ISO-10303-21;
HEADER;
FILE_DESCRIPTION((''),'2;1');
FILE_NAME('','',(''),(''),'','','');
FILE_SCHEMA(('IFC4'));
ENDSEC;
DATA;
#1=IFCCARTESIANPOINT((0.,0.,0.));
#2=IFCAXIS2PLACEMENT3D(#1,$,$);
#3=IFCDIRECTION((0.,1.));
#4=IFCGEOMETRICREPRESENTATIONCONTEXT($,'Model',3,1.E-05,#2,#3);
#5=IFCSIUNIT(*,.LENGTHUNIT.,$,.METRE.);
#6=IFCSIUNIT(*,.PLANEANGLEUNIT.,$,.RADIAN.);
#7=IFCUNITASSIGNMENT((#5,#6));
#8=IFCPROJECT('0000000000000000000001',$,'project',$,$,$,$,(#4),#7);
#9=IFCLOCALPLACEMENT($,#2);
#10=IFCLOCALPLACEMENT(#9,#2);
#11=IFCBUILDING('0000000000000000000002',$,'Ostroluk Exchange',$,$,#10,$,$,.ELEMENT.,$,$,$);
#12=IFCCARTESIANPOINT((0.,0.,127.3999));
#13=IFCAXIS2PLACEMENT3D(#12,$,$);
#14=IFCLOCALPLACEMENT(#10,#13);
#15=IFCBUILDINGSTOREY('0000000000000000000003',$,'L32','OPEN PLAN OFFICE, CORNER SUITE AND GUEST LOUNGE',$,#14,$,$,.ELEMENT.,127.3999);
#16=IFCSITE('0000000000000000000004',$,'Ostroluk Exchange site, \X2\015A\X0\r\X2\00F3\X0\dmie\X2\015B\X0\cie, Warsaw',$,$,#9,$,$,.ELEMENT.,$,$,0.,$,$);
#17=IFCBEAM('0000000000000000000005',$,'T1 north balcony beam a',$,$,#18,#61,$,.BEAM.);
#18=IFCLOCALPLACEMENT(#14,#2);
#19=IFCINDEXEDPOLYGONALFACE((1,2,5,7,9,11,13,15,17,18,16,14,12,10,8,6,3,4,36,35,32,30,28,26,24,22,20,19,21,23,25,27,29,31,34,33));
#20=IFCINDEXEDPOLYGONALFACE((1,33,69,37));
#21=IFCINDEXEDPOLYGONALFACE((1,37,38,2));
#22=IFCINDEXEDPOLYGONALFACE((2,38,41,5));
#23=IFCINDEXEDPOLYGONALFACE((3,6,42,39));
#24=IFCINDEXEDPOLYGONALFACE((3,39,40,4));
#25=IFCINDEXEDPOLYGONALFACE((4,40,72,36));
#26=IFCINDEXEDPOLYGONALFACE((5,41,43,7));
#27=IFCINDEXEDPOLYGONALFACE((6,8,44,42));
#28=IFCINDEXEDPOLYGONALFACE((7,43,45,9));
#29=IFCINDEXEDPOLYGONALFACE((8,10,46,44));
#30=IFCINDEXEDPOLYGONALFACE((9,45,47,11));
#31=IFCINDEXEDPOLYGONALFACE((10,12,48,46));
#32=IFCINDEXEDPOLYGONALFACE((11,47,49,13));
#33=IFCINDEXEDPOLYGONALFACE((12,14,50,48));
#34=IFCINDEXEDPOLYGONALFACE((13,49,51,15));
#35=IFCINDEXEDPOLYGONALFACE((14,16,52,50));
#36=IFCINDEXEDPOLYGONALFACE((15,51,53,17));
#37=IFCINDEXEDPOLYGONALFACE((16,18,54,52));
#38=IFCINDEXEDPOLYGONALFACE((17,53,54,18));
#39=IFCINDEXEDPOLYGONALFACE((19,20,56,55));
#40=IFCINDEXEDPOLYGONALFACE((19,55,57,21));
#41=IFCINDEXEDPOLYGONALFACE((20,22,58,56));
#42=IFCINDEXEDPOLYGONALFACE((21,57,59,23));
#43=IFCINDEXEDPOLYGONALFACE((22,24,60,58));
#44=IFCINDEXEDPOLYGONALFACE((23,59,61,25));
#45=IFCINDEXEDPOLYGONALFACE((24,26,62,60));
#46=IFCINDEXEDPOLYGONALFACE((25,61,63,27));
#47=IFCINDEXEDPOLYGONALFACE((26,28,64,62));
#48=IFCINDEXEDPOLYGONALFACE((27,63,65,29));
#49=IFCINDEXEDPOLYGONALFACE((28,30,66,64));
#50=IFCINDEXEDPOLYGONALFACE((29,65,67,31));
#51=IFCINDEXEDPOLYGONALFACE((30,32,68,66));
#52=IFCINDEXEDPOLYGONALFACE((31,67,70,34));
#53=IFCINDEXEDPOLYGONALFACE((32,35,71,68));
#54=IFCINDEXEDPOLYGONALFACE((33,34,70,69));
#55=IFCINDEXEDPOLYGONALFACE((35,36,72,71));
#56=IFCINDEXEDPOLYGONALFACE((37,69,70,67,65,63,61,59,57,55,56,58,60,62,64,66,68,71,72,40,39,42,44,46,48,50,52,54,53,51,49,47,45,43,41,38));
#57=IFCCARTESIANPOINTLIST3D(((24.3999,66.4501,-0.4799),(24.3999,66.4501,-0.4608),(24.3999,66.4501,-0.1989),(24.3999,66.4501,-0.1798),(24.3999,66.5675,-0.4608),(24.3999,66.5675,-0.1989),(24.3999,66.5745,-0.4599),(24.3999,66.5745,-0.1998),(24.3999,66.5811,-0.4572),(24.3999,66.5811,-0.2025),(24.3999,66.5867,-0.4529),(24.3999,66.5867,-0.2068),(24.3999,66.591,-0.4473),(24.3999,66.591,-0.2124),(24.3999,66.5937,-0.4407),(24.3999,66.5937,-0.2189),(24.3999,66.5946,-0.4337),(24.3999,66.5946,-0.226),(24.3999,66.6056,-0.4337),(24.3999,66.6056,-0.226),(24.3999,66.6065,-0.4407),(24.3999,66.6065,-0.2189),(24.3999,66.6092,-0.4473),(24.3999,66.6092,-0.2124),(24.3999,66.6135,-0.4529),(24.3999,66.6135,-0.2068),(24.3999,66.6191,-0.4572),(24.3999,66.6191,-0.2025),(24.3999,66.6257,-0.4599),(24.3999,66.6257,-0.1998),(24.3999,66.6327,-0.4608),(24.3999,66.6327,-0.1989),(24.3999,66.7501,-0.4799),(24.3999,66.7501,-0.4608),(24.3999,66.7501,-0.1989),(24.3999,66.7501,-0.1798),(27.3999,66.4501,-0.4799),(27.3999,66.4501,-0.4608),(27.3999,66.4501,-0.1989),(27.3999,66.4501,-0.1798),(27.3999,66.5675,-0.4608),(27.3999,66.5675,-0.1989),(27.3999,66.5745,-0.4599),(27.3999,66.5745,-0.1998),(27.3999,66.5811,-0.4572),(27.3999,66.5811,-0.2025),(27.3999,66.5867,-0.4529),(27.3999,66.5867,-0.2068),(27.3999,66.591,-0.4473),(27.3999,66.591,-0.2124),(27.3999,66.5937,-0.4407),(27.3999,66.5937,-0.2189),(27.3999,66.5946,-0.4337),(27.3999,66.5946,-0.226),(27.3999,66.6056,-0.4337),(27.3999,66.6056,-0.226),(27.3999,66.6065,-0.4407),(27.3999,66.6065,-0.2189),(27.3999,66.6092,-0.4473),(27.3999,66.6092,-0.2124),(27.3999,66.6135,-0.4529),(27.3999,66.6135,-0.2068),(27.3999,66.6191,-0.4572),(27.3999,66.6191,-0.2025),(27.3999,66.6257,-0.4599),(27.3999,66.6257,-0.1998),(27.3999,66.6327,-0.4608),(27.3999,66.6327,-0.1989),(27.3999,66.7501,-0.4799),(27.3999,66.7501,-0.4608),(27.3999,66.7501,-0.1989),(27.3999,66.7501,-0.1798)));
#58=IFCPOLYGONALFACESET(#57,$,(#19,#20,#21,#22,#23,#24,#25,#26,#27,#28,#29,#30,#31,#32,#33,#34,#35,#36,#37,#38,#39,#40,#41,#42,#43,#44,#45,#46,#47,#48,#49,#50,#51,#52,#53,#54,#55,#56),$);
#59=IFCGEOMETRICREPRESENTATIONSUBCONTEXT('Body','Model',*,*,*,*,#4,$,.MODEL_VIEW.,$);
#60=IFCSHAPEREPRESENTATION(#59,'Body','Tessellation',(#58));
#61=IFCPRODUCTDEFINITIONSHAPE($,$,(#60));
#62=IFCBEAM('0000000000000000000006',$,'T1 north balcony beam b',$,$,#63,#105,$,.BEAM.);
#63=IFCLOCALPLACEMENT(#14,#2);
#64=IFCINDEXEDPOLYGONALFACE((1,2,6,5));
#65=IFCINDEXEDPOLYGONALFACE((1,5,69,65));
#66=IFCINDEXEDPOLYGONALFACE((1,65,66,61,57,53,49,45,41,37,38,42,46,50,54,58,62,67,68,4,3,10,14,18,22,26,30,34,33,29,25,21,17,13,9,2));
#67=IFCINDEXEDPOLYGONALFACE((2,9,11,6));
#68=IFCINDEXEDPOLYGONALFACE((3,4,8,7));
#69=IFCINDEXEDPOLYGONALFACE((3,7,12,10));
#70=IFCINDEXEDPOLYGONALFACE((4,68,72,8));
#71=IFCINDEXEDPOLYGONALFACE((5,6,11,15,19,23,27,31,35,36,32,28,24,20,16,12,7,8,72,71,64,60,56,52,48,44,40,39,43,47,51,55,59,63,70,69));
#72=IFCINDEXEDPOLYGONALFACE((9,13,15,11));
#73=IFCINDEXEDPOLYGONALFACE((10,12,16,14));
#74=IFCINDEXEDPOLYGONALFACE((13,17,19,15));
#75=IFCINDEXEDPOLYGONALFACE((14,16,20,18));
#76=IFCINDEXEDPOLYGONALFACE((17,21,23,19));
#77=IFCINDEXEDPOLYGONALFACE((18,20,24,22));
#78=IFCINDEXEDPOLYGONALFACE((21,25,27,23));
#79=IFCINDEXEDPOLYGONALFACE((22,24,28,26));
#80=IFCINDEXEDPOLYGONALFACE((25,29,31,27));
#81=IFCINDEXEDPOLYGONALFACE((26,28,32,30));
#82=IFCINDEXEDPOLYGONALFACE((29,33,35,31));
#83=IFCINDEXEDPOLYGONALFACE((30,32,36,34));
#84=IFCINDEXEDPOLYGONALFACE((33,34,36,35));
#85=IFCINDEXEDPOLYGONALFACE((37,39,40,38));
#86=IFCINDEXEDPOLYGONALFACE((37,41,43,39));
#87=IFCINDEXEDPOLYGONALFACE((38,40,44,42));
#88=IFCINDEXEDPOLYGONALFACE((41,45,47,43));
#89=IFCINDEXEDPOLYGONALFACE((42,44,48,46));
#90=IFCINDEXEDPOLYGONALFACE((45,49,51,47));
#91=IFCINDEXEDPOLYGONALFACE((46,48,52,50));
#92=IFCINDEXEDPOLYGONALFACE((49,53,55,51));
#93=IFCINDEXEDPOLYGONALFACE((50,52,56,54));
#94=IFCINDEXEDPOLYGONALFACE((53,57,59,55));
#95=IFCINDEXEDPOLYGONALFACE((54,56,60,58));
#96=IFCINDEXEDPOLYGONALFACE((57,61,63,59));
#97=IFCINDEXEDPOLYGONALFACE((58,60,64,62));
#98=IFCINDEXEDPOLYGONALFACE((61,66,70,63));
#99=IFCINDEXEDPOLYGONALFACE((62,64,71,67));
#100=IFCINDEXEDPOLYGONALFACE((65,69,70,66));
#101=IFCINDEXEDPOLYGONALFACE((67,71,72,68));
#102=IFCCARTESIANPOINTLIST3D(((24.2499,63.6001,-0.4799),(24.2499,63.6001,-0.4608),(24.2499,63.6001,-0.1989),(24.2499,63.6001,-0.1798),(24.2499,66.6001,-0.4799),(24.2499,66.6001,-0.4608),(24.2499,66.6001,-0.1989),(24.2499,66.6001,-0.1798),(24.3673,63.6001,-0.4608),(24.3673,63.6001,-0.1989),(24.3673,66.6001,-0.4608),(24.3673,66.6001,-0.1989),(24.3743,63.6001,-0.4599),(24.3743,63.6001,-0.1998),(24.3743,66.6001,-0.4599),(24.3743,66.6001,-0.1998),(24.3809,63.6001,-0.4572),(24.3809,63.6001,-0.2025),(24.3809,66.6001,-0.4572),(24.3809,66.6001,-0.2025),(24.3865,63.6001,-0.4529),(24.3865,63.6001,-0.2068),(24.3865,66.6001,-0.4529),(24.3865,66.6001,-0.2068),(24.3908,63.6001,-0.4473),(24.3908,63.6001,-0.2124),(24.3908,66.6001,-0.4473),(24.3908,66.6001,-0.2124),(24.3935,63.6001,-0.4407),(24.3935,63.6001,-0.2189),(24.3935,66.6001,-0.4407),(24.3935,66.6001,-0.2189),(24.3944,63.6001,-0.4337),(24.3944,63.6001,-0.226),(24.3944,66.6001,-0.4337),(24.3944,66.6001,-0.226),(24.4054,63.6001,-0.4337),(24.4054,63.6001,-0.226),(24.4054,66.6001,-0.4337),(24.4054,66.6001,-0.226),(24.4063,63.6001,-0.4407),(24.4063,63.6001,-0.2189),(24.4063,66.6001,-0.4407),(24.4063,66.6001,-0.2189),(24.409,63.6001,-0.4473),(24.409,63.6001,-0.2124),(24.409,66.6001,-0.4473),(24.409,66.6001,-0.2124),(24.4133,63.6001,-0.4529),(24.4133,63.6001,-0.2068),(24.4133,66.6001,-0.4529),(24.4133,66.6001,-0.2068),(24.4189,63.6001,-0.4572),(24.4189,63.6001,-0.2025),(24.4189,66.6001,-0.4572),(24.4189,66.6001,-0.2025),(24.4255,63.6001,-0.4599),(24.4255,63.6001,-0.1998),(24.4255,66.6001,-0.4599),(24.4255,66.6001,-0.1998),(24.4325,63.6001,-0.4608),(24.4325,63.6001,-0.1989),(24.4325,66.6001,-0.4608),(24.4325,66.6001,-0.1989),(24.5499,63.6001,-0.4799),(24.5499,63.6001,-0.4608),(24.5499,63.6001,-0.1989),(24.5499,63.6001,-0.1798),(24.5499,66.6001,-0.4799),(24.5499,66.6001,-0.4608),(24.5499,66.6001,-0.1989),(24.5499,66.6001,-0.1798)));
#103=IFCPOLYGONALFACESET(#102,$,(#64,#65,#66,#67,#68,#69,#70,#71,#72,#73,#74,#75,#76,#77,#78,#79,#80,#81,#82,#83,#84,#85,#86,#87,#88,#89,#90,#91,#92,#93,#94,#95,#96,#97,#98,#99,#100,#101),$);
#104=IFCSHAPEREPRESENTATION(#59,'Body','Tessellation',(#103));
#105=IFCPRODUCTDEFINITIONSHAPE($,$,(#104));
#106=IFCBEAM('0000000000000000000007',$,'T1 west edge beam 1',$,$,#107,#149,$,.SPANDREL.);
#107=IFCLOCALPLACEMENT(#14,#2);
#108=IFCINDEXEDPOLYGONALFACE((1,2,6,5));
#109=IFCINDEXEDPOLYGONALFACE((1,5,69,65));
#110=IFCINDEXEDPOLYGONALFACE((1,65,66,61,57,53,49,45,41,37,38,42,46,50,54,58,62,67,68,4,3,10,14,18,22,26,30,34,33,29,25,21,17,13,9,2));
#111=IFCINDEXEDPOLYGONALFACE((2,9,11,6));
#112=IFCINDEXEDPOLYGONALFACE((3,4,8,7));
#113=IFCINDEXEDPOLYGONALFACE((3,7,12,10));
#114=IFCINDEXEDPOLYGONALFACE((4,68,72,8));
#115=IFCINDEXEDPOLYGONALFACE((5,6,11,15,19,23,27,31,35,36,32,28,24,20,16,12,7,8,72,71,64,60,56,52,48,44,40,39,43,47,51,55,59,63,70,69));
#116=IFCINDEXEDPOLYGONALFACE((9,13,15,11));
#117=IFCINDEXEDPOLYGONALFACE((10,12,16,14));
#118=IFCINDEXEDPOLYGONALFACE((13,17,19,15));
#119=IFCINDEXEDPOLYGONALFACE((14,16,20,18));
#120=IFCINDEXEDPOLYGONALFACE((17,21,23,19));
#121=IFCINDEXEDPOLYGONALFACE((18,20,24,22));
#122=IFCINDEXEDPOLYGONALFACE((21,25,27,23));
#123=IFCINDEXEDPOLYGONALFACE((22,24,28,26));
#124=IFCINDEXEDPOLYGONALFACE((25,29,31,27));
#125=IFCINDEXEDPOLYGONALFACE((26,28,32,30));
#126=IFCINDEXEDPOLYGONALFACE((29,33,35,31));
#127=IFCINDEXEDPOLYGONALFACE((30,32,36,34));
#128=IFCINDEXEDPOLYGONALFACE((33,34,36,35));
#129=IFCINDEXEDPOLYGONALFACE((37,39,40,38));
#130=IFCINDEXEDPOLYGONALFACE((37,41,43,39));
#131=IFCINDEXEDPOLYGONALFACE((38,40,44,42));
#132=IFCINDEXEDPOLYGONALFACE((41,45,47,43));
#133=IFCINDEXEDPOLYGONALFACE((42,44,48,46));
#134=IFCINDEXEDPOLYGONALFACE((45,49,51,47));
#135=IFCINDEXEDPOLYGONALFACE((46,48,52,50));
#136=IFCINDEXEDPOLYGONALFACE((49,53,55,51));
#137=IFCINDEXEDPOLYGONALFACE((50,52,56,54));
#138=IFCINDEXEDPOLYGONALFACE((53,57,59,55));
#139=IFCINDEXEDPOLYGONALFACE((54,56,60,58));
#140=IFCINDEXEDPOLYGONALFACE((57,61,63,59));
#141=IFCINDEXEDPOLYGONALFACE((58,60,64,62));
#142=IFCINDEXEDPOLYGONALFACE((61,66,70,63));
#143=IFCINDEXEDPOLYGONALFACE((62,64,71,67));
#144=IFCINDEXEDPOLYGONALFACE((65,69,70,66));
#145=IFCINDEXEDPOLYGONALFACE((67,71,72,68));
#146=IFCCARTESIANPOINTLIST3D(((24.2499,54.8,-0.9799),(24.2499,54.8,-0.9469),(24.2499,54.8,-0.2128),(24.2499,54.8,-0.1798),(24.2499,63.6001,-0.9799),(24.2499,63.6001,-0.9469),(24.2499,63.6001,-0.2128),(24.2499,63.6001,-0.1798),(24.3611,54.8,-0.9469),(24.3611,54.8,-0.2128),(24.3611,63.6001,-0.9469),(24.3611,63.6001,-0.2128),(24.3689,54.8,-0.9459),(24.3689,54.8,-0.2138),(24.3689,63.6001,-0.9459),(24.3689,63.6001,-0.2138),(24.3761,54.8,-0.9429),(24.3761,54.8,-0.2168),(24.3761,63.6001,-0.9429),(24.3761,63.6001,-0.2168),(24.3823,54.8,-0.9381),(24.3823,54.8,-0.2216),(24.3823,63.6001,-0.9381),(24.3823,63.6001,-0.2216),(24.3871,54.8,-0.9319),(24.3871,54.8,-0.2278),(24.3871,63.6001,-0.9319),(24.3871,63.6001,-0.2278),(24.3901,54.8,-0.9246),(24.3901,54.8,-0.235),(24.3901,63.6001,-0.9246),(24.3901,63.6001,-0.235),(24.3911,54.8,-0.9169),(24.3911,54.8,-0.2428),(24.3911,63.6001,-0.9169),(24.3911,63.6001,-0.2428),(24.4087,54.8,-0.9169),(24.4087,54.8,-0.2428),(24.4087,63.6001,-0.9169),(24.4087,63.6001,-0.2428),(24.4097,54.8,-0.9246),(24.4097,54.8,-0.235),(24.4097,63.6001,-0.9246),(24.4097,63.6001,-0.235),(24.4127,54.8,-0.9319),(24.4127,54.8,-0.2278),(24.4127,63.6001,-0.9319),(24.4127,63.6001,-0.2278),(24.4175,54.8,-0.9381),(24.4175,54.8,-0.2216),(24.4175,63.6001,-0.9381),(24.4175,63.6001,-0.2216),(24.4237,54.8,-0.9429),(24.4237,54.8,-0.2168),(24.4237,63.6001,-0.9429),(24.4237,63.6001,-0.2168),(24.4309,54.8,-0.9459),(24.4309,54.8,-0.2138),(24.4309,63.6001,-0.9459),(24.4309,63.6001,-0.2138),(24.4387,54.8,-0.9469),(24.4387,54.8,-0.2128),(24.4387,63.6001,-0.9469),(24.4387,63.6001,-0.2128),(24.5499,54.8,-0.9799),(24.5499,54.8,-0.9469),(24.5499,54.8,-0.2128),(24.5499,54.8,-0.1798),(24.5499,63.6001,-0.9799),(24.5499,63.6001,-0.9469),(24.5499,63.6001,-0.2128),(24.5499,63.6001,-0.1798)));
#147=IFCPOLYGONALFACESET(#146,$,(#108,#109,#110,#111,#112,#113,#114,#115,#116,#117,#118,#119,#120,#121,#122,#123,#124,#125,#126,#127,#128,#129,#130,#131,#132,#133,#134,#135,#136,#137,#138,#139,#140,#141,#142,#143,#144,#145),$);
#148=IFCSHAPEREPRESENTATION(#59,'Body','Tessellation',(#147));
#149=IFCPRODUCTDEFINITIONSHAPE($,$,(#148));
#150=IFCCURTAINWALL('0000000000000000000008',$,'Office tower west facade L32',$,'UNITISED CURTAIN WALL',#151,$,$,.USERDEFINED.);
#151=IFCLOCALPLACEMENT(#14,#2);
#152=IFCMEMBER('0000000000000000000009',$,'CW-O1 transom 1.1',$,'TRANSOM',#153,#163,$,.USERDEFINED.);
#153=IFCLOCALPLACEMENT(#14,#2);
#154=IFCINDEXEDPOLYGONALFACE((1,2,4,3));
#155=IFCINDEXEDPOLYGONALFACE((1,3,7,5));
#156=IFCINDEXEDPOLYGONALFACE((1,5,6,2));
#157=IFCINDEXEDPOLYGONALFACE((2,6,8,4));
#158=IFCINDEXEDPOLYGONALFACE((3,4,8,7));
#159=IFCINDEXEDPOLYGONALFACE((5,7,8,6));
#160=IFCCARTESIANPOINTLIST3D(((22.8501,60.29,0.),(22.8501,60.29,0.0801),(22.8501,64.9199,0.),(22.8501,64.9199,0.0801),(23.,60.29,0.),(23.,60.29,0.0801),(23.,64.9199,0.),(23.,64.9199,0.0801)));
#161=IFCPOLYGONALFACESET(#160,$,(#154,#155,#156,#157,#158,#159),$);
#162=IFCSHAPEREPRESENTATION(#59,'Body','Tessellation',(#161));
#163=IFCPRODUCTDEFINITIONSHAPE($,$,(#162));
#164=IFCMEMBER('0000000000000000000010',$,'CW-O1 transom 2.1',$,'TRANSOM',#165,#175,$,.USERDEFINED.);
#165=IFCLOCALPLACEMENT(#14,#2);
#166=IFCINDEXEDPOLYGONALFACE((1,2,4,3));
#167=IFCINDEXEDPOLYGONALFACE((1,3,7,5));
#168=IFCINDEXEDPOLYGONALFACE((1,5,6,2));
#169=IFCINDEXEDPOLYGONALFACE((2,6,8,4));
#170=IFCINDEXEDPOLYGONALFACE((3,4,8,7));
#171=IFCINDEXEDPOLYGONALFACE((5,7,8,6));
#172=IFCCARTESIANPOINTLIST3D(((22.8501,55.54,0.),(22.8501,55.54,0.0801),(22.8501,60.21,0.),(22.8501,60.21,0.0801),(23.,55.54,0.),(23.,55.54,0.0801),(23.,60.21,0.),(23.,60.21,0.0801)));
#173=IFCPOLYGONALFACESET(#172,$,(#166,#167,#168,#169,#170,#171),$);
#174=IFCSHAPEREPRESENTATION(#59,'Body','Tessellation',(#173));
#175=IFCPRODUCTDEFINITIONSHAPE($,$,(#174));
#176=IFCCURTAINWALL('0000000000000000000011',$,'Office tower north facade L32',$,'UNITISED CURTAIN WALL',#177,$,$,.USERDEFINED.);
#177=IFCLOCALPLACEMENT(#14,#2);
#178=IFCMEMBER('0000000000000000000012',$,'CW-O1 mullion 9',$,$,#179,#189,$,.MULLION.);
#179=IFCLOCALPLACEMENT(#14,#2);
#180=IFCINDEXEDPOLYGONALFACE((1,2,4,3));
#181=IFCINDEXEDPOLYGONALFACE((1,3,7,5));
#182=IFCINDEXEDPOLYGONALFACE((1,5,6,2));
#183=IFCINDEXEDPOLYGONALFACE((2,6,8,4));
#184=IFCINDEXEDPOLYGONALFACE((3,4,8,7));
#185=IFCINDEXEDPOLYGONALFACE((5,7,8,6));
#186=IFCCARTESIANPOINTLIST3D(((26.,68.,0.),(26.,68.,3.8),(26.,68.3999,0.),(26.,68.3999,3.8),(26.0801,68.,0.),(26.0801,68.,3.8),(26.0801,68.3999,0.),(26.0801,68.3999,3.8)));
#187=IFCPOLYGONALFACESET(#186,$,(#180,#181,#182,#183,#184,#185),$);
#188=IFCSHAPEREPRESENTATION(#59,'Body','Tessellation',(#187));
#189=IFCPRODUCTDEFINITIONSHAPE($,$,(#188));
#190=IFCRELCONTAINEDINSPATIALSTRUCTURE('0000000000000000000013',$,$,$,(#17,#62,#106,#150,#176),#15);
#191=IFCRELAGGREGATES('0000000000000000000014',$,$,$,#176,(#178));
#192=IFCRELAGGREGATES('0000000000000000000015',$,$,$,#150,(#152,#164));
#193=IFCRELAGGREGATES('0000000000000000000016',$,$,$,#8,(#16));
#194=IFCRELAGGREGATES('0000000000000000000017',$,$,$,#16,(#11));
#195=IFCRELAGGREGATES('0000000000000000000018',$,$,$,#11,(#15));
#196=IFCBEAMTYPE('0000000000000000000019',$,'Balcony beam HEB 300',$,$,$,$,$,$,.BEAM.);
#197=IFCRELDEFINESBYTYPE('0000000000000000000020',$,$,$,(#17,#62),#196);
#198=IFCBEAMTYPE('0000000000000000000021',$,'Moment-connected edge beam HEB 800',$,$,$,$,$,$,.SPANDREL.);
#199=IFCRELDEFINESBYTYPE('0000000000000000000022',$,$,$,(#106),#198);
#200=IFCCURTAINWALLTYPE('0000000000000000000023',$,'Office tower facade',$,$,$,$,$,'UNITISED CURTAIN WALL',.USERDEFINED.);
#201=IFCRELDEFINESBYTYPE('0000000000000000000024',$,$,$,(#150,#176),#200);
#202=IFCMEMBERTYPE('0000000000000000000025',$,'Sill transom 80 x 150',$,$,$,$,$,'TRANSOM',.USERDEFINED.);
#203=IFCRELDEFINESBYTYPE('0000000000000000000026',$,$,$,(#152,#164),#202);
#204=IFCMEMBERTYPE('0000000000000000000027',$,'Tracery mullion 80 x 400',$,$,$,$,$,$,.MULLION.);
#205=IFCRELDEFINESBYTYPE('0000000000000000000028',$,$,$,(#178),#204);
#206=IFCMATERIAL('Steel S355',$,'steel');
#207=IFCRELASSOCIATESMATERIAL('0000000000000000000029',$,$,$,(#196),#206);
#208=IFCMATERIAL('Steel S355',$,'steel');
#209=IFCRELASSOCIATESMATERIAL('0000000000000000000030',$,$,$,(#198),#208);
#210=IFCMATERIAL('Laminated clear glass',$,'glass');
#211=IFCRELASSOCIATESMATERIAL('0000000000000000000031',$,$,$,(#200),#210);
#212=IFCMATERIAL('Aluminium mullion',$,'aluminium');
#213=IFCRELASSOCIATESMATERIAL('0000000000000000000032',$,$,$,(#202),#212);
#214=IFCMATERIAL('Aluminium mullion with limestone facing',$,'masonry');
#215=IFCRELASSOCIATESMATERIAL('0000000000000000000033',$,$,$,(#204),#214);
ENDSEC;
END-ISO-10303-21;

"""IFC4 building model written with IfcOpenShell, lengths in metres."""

from ifc_helpers import new_model, si_unit, direction, frame, origin, origin_2d, place, context, subcontext, project, spatial, rectangle, i_section, extrude, material, material_profile, profile_set, type_object, element, aggregate, save


model = new_model("IFC4")

# Units and contexts
model_context = context("Model", 3, precision=1e-05, world=origin(), true_north=direction((0.0, 1.0)))
body_context = subcontext(model_context, "Body", "Model", "MODEL_VIEW")
ifc_project = project(units=[si_unit("LENGTHUNIT", "METRE"), si_unit("PLANEANGLEUNIT", "RADIAN")], contexts=[model_context])

# Site, building, storey
site_placement = place(None, origin())
site = spatial("IfcSite", under=ifc_project, at=site_placement, Name="Ostroluk Exchange site, Śródmieście, Warsaw", CompositionType="ELEMENT", RefElevation=0.0)
building_placement = place(site_placement, origin())
building = spatial("IfcBuilding", under=site, at=building_placement, Name="Ostroluk Exchange", CompositionType="ELEMENT")
storey_placement = place(building_placement, frame((0.0, 0.0, 127.3999)))
storey = spatial("IfcBuildingStorey", under=building, at=storey_placement, Name="L32", Description="OPEN PLAN OFFICE, CORNER SUITE AND GUEST LOUNGE", CompositionType="ELEMENT", Elevation=127.3999)

# Beams
ifc_material_1 = material(Name="Steel S355", Category="steel")
ifc_material_profile_1 = material_profile(ifc_material_1, i_section(OverallWidth=0.3, OverallDepth=0.3, WebThickness=0.011, FlangeThickness=0.019, FilletRadius=0.0271, at=origin_2d()), Name="HEB 300")
ifc_profile_set_1 = profile_set([ifc_material_profile_1], Name="Steel S355")
beam_type_1 = type_object("IfcBeamType", Name="Balcony beam HEB 300", PredefinedType="BEAM", material=ifc_profile_set_1)
for number, where, z_axis, x_axis, name in (
    (1, (27.3999, 66.6001, -0.3298), (-1.0, 0.0, 0.0), (0.0, -1.0, 0.0), "T1 north balcony beam a"),
    (2, (24.3999, 63.6001, -0.3298), (0.0, 1.0, 0.0), (-1.0, 0.0, 0.0), "T1 north balcony beam b"),
):
    element("IfcBeam", number, at=place(storey_placement, frame(where, z_axis=z_axis, x_axis=x_axis)), inside=storey, type_object=beam_type_1, Name=name, PredefinedType="BEAM", context=body_context, shape_type="SweptSolid", body=[
        extrude(i_section(OverallWidth=0.3, OverallDepth=0.3, WebThickness=0.011, FlangeThickness=0.019, FilletRadius=0.0271, at=origin_2d()), origin(), (0.0, 0.0, 1.0), 3.0),
    ])
ifc_material_2 = material(Name="Steel S355", Category="steel")
ifc_material_profile_2 = material_profile(ifc_material_2, i_section(OverallWidth=0.3, OverallDepth=0.8, WebThickness=0.0176, FlangeThickness=0.033, FilletRadius=0.03, at=origin_2d()), Name="HEB 800")
ifc_profile_set_2 = profile_set([ifc_material_profile_2], Name="Steel S355")
beam_type_2 = type_object("IfcBeamType", Name="Moment-connected edge beam HEB 800", PredefinedType="SPANDREL", material=ifc_profile_set_2)
beam_placement = place(storey_placement, frame((24.3999, 63.6001, -0.5798), z_axis=(0.0, -1.0, 0.0), x_axis=(1.0, 0.0, 0.0)))
element("IfcBeam", 3, at=beam_placement, inside=storey, type_object=beam_type_2, Name="T1 west edge beam 1", PredefinedType="SPANDREL", context=body_context, shape_type="SweptSolid", body=[
    extrude(i_section(OverallWidth=0.3, OverallDepth=0.8, WebThickness=0.0176, FlangeThickness=0.033, FilletRadius=0.03, at=origin_2d()), origin(), (0.0, 0.0, 1.0), 8.8),
])

# Curtain wall, members
ifc_material_3 = material(Name="Laminated clear glass", Category="glass")
curtain_wall_type = type_object("IfcCurtainWallType", Name="Office tower facade", ElementType="UNITISED CURTAIN WALL", PredefinedType="USERDEFINED", material=ifc_material_3)
curtain_wall_1_placement = place(storey_placement, origin())
curtain_wall_1 = element("IfcCurtainWall", 4, at=curtain_wall_1_placement, inside=storey, type_object=curtain_wall_type, Name="Office tower west facade L32", ObjectType="UNITISED CURTAIN WALL", PredefinedType="USERDEFINED")
ifc_material_4 = material(Name="Aluminium mullion", Category="aluminium")
ifc_material_profile_3 = material_profile(ifc_material_4, rectangle(XDim=0.1499, YDim=0.0801, at=origin_2d()), Name="Sill transom 80 x 150")
ifc_profile_set_3 = profile_set([ifc_material_profile_3], Name="Aluminium mullion")
member_type_1 = type_object("IfcMemberType", Name="Sill transom 80 x 150", ElementType="TRANSOM", PredefinedType="USERDEFINED", material=ifc_profile_set_3)
member_1_placement = place(storey_placement, frame((22.925, 64.9199, 0.04), z_axis=(0.0, -1.0, 0.0), x_axis=(1.0, 0.0, 0.0)))
member_1 = element("IfcMember", 5, at=member_1_placement, type_object=member_type_1, Name="CW-O1 transom 1.1", ObjectType="TRANSOM", PredefinedType="USERDEFINED", context=body_context, shape_type="SweptSolid", body=[
    extrude(rectangle(XDim=0.1499, YDim=0.0801, at=origin_2d()), origin(), (0.0, 0.0, 1.0), 4.6299),
])
member_2_placement = place(storey_placement, frame((22.925, 60.21, 0.04), z_axis=(0.0, -1.0, 0.0), x_axis=(1.0, 0.0, 0.0)))
member_2 = element("IfcMember", 6, at=member_2_placement, type_object=member_type_1, Name="CW-O1 transom 2.1", ObjectType="TRANSOM", PredefinedType="USERDEFINED", context=body_context, shape_type="SweptSolid", body=[
    extrude(rectangle(XDim=0.1499, YDim=0.0801, at=origin_2d()), origin(), (0.0, 0.0, 1.0), 4.6699),
])

# Curtain wall, member
curtain_wall_2_placement = place(storey_placement, origin())
curtain_wall_2 = element("IfcCurtainWall", 7, at=curtain_wall_2_placement, inside=storey, type_object=curtain_wall_type, Name="Office tower north facade L32", ObjectType="UNITISED CURTAIN WALL", PredefinedType="USERDEFINED")
ifc_material_5 = material(Name="Aluminium mullion with limestone facing", Category="masonry")
ifc_material_profile_4 = material_profile(ifc_material_5, rectangle(XDim=0.3999, YDim=0.0801, at=origin_2d()), Name="Tracery mullion 80 x 400")
ifc_profile_set_4 = profile_set([ifc_material_profile_4], Name="Aluminium mullion with limestone facing")
member_type_2 = type_object("IfcMemberType", Name="Tracery mullion 80 x 400", PredefinedType="MULLION", material=ifc_profile_set_4)
member_3_placement = place(storey_placement, frame((26.04, 68.2, 0.0), z_axis=(0.0, 0.0, 1.0), x_axis=(0.0, -1.0, 0.0)))
member_3 = element("IfcMember", 8, at=member_3_placement, type_object=member_type_2, Name="CW-O1 mullion 9", PredefinedType="MULLION", context=body_context, shape_type="SweptSolid", body=[
    extrude(rectangle(XDim=0.3999, YDim=0.0801, at=origin_2d()), origin(), (0.0, 0.0, 1.0), 3.8),
])

aggregate(curtain_wall_2, [member_3])
aggregate(curtain_wall_1, [member_1, member_2])

save(model, "model.ifc")
